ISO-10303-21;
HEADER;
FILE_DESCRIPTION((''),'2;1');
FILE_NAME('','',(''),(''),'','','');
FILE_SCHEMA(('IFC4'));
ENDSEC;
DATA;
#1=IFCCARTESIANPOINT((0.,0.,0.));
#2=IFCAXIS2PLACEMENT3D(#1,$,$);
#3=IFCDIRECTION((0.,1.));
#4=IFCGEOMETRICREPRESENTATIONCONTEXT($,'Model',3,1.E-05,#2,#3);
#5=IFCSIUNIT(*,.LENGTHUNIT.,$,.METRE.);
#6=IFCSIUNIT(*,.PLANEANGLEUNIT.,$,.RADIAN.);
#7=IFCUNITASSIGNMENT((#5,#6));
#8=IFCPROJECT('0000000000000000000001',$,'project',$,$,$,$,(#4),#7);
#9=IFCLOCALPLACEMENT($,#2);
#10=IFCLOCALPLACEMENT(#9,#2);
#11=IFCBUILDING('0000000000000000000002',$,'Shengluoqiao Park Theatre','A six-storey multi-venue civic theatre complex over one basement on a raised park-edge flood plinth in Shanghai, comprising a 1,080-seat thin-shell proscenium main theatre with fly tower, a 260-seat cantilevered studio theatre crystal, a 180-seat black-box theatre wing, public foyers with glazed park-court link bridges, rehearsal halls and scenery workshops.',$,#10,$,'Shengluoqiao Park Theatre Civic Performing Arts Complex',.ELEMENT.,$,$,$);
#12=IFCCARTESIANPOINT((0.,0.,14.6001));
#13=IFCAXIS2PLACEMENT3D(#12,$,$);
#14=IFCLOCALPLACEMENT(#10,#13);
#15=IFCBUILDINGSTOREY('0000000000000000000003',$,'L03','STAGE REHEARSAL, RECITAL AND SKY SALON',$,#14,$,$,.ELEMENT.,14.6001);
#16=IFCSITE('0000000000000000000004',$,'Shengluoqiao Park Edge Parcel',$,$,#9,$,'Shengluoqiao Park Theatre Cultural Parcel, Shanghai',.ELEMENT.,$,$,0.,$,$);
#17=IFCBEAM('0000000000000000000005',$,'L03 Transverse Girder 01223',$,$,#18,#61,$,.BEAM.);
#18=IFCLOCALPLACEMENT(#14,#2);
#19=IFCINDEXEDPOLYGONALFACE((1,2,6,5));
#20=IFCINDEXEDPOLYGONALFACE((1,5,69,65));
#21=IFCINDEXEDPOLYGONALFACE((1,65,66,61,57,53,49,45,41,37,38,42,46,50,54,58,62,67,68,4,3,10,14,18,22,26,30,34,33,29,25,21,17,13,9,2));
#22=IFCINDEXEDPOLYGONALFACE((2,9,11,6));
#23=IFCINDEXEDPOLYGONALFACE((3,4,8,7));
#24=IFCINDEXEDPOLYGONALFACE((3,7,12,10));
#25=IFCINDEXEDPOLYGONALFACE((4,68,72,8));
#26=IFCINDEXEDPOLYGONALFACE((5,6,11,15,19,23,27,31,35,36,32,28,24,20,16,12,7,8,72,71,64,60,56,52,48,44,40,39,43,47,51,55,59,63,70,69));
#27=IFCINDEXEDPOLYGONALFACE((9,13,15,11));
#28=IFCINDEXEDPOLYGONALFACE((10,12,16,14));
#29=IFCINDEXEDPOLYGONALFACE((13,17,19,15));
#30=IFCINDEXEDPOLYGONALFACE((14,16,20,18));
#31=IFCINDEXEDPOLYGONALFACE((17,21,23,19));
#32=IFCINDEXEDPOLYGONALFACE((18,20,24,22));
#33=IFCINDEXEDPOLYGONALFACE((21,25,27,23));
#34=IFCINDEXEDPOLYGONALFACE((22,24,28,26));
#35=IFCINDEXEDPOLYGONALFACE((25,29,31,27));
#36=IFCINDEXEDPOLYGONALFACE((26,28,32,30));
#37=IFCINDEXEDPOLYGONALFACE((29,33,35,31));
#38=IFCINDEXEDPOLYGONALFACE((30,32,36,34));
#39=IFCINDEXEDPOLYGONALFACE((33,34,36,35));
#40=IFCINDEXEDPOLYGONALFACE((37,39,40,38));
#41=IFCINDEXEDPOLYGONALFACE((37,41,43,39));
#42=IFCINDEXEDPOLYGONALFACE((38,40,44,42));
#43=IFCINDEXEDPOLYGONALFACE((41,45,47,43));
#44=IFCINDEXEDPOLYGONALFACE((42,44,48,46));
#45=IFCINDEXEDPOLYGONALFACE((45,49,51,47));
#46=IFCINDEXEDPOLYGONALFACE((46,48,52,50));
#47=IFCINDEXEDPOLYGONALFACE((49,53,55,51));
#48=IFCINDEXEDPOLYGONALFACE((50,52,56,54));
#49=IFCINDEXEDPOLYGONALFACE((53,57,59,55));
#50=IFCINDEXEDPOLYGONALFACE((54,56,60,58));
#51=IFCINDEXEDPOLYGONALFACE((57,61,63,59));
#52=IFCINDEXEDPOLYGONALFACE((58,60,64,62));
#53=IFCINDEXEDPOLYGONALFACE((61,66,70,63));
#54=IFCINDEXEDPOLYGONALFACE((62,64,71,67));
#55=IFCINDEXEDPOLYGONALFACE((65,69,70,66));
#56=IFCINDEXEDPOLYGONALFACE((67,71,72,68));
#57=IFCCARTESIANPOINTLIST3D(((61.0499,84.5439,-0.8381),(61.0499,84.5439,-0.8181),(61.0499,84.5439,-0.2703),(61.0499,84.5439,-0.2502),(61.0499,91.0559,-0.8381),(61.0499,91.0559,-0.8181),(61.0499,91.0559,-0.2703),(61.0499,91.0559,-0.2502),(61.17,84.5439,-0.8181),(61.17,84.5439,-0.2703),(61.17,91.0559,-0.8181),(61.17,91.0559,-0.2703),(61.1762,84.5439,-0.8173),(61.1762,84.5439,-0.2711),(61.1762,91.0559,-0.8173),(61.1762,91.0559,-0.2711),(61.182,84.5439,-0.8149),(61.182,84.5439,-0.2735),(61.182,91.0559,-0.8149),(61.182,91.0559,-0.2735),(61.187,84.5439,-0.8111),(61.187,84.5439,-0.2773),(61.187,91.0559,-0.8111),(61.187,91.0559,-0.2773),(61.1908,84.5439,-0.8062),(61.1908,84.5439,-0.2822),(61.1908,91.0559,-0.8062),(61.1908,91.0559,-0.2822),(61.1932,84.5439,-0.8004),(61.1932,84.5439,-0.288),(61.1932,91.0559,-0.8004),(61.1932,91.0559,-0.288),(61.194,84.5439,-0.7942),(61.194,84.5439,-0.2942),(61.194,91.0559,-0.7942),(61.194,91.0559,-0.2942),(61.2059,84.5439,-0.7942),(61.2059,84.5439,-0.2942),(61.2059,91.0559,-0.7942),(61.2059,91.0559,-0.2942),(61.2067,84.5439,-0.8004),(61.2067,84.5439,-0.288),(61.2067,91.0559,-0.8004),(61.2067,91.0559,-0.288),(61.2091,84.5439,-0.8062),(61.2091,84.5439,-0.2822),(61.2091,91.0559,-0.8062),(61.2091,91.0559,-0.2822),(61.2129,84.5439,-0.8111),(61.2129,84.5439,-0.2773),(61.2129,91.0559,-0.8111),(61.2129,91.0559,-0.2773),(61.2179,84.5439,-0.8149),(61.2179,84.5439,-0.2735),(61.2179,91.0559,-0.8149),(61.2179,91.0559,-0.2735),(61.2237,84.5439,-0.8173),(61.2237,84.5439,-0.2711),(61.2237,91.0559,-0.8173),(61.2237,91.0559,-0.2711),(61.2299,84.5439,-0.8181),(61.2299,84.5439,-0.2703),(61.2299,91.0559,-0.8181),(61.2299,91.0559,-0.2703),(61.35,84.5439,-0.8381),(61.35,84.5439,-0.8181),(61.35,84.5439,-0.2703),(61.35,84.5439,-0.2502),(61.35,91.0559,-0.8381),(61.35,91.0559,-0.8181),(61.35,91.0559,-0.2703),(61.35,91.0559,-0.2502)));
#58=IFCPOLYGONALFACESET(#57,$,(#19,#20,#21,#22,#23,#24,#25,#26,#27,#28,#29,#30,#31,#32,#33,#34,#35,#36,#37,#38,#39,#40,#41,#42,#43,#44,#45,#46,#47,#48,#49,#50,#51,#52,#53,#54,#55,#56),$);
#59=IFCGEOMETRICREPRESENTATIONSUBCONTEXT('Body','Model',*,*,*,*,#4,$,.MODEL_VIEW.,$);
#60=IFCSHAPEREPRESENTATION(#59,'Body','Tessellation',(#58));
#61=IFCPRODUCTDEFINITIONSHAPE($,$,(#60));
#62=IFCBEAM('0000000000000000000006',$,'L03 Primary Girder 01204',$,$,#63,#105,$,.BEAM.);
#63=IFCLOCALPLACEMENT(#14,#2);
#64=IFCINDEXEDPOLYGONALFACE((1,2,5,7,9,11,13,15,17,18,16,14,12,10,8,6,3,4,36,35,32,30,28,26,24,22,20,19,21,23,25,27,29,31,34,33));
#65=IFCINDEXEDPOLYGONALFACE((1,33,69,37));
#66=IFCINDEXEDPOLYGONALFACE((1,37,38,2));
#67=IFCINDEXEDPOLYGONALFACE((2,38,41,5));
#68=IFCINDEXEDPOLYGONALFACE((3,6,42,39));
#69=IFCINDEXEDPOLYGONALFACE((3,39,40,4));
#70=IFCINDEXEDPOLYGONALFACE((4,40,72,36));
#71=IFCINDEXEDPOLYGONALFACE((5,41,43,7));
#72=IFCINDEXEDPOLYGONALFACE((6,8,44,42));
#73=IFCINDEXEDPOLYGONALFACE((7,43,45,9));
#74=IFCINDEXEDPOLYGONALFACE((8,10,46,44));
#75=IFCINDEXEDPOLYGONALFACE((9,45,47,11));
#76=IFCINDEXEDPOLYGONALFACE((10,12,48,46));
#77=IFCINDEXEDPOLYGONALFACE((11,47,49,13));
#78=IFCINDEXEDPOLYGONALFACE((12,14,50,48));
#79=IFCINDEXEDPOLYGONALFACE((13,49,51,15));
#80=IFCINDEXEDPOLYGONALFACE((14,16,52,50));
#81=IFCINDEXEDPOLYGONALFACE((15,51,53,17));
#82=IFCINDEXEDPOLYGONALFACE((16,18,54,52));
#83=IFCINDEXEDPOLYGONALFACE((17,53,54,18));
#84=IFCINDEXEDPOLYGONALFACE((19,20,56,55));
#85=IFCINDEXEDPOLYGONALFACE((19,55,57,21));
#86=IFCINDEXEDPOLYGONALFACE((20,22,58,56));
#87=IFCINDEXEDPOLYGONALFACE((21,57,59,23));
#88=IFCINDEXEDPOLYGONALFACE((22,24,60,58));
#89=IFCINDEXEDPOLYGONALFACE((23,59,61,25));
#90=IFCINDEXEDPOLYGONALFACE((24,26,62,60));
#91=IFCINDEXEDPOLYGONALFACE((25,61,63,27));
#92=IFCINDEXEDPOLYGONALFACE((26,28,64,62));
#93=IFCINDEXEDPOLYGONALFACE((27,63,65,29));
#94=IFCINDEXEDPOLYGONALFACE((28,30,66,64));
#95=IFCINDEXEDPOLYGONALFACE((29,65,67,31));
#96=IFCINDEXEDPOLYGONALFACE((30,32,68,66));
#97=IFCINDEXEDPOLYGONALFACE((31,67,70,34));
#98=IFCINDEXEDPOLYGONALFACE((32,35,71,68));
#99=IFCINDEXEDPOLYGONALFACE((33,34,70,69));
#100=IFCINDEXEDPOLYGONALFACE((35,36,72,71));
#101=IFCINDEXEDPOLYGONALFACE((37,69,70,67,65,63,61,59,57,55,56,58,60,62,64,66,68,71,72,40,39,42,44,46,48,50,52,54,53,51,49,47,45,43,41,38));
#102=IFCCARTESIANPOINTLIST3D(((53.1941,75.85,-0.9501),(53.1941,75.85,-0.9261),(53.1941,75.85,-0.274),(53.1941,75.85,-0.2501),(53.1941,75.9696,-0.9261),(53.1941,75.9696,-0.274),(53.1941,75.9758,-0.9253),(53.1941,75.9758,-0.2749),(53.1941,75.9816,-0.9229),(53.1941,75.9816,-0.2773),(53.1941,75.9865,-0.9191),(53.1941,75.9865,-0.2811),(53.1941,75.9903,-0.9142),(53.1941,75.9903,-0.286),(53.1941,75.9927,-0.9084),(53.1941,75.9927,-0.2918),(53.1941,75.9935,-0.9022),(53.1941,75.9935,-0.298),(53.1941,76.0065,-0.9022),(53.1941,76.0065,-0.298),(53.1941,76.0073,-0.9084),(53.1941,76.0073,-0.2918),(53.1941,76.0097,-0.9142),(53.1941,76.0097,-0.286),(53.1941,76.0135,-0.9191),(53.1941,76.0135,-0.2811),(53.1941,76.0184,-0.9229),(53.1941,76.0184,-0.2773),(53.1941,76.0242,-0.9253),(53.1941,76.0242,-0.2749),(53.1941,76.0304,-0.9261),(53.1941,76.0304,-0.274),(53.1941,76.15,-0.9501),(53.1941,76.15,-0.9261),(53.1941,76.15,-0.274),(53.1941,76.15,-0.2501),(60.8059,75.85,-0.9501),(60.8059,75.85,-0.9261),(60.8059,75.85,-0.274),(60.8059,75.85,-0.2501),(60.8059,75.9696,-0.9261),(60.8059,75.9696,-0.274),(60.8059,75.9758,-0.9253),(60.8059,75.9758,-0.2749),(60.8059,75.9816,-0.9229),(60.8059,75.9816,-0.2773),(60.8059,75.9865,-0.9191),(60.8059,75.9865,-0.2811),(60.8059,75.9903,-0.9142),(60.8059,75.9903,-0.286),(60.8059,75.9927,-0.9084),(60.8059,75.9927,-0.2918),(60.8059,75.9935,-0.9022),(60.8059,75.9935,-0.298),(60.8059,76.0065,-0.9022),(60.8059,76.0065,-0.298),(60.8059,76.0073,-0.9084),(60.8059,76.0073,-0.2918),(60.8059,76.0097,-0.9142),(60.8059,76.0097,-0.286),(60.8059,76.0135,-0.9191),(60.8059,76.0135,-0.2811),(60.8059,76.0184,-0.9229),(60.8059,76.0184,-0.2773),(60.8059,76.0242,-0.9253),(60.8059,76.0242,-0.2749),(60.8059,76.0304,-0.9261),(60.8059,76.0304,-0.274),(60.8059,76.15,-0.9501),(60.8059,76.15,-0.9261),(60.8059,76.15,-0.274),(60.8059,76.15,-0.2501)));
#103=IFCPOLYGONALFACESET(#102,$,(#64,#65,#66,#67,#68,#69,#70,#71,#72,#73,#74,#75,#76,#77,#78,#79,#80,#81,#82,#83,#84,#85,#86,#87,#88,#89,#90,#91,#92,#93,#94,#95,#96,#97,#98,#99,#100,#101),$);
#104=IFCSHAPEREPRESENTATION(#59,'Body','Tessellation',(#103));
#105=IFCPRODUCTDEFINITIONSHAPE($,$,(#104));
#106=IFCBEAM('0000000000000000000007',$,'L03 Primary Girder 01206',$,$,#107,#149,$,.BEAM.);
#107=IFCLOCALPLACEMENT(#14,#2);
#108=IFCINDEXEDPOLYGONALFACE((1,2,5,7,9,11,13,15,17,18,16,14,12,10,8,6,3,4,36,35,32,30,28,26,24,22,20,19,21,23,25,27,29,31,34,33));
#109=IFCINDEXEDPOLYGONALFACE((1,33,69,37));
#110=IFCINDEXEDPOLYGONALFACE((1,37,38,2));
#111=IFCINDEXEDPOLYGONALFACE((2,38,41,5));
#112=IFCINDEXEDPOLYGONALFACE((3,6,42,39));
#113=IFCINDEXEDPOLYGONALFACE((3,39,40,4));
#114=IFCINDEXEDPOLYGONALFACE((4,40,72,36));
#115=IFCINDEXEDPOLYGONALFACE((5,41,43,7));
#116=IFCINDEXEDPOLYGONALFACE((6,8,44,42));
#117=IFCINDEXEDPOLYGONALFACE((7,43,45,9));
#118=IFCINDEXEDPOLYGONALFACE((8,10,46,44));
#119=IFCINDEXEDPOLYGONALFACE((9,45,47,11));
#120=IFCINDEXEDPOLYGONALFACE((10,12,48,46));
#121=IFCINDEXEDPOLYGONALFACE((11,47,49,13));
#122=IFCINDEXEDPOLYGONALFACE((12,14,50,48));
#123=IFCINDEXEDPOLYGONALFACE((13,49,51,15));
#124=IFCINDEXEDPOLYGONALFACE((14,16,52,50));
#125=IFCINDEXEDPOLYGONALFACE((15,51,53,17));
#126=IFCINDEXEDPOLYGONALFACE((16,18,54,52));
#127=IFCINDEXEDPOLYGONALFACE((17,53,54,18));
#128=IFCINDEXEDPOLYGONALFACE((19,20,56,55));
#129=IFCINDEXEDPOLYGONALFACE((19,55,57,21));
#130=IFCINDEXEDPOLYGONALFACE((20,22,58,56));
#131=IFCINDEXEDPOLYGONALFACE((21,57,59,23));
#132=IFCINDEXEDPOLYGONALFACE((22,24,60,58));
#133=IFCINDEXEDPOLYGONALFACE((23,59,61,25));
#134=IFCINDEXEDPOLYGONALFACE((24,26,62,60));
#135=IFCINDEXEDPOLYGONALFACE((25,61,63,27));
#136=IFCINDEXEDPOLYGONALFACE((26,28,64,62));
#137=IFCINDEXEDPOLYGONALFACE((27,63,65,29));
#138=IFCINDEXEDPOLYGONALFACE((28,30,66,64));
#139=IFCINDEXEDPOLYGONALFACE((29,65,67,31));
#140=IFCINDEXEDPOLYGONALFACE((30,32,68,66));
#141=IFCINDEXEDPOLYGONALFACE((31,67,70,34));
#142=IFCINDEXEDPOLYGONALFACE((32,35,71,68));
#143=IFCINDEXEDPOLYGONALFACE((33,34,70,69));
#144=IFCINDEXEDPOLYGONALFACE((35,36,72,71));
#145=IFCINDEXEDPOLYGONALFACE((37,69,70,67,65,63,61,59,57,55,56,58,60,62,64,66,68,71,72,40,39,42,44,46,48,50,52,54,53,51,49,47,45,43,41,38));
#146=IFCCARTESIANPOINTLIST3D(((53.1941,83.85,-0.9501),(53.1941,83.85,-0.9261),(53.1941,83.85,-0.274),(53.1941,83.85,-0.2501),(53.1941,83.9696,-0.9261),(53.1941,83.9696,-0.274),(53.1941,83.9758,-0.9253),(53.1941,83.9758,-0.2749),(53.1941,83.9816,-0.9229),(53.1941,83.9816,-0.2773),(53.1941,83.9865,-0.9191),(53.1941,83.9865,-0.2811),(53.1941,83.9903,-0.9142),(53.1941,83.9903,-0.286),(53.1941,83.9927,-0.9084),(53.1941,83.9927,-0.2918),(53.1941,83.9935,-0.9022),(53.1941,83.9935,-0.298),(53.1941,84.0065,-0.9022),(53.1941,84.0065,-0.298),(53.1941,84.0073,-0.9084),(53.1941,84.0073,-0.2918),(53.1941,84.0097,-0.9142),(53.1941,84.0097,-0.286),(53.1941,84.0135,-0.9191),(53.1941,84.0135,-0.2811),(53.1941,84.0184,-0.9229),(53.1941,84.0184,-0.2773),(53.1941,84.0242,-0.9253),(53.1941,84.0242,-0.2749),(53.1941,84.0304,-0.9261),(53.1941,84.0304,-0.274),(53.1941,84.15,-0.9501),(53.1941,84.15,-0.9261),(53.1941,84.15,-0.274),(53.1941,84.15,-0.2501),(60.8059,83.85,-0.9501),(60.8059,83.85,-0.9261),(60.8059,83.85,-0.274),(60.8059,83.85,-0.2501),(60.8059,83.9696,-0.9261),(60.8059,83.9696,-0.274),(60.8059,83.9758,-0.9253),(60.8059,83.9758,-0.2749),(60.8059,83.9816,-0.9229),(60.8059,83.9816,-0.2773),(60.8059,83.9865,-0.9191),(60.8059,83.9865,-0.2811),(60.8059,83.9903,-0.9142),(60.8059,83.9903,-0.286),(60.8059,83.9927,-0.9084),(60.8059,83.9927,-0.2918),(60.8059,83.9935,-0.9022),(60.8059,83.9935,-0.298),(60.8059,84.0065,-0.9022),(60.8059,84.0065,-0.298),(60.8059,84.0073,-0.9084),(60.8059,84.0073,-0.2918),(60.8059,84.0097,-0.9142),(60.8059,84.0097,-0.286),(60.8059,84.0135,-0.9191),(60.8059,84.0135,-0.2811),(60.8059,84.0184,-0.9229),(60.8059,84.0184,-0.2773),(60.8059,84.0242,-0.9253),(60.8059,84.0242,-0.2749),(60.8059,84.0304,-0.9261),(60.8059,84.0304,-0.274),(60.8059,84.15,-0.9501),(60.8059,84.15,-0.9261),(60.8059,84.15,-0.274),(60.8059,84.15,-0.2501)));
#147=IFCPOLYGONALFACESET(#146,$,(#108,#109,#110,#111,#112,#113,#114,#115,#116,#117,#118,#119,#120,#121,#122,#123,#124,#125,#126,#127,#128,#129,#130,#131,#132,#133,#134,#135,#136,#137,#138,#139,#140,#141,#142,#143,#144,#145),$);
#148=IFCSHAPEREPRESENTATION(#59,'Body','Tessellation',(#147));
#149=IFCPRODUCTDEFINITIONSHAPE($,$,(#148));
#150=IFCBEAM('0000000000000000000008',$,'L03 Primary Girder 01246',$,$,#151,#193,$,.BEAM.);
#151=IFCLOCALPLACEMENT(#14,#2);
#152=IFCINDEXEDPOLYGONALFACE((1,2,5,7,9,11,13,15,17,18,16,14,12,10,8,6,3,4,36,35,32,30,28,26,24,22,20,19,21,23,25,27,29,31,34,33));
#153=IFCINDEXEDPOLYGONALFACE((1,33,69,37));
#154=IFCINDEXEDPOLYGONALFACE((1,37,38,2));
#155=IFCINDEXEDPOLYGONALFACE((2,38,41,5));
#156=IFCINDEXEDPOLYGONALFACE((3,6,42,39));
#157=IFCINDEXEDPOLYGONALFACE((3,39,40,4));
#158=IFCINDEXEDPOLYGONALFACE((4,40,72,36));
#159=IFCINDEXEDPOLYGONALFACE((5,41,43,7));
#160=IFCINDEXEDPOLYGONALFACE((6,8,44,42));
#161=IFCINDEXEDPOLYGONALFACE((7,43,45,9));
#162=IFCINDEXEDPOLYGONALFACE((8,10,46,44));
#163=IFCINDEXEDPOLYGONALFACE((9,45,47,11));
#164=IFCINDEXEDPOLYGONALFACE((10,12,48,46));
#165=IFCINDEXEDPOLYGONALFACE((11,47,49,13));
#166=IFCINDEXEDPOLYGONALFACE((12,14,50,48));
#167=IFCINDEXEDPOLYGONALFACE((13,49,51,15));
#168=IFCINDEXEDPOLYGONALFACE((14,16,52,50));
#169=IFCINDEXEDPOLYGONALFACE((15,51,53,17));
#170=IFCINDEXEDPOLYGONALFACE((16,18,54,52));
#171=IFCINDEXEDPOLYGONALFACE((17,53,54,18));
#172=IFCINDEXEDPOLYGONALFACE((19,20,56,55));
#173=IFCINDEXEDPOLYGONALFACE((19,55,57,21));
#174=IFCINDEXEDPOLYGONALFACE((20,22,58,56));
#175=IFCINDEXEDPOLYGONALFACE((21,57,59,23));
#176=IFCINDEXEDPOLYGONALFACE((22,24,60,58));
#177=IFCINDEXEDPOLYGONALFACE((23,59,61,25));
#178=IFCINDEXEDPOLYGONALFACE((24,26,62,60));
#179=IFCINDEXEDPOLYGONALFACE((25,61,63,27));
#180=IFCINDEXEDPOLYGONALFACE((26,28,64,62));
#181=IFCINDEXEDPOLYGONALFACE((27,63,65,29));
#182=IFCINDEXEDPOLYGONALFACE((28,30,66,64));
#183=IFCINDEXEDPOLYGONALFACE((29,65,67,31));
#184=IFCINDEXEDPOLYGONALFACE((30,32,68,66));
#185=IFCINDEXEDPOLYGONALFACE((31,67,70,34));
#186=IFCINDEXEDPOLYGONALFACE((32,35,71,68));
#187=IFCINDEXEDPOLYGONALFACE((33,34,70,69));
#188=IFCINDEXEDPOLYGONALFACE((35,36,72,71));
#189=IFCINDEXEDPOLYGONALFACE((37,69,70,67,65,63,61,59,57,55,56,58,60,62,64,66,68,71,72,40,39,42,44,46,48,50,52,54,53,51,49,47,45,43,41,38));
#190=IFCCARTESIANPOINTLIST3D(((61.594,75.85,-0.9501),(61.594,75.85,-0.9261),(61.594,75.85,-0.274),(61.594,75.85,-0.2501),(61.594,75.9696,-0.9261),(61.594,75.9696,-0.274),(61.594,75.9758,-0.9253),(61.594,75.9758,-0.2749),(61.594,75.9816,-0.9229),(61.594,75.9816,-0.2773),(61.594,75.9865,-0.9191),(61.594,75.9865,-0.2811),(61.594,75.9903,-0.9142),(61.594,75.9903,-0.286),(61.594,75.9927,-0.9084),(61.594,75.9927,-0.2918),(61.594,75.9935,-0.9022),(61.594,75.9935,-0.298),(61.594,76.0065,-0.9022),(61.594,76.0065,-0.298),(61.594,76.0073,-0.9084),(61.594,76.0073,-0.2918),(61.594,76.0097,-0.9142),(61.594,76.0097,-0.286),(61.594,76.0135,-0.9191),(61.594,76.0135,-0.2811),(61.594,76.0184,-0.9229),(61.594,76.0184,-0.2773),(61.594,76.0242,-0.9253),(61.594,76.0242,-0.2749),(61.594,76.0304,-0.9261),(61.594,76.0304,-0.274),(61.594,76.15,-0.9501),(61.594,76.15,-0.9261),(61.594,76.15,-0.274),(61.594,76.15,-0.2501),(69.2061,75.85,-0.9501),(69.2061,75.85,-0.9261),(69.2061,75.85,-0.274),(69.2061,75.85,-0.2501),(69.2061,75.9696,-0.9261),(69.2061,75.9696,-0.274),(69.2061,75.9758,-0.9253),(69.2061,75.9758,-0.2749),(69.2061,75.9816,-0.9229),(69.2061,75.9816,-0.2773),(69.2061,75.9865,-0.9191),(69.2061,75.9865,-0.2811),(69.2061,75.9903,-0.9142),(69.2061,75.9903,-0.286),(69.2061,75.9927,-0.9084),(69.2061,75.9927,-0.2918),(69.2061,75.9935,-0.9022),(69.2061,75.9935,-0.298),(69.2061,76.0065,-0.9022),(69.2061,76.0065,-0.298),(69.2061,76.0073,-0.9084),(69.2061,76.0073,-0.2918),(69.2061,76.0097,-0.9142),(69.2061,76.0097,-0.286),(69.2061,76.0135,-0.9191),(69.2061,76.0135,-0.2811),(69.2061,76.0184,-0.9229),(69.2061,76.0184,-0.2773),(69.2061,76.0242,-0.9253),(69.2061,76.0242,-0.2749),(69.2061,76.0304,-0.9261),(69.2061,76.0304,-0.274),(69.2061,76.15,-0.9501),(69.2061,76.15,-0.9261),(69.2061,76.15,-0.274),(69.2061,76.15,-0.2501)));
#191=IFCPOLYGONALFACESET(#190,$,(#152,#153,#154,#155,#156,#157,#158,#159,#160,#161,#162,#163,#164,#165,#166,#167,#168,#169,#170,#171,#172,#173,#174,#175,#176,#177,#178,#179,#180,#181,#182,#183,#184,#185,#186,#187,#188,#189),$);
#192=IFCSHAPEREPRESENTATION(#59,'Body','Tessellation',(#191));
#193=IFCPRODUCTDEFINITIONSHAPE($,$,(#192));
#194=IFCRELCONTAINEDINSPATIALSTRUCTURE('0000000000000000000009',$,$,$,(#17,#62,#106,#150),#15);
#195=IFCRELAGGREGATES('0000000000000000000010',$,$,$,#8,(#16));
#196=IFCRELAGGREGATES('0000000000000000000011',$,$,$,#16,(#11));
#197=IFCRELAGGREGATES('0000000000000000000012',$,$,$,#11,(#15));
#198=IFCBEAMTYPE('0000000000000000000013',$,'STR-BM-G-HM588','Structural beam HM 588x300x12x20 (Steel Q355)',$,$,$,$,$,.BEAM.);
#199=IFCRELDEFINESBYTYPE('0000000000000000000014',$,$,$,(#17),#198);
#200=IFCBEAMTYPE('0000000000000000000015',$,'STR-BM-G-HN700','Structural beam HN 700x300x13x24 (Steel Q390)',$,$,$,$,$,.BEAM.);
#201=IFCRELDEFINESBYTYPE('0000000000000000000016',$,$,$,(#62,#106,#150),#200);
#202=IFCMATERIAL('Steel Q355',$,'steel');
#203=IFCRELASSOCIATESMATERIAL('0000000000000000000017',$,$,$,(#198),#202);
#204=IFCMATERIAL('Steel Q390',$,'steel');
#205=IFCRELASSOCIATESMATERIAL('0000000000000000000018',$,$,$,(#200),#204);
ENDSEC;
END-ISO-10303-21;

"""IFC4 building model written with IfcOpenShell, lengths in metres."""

from ifc_helpers import new_model, si_unit, direction, frame, origin, origin_2d, place, context, subcontext, project, spatial, i_section, extrude, material, material_profile, profile_set, type_object, element, save


model = new_model("IFC4")

# Units and contexts
model_context = context("Model", 3, precision=1e-05, world=origin(), true_north=direction((0.0, 1.0)))
body_context = subcontext(model_context, "Body", "Model", "MODEL_VIEW")
ifc_project = project(units=[si_unit("LENGTHUNIT", "METRE"), si_unit("PLANEANGLEUNIT", "RADIAN")], contexts=[model_context])

# Site, building, storey
site_placement = place(None, origin())
site = spatial("IfcSite", under=ifc_project, at=site_placement, Name="Shengluoqiao Park Edge Parcel", LongName="Shengluoqiao Park Theatre Cultural Parcel, Shanghai", CompositionType="ELEMENT", RefElevation=0.0)
building_placement = place(site_placement, origin())
building = spatial("IfcBuilding", under=site, at=building_placement, Name="Shengluoqiao Park Theatre", Description="A six-storey multi-venue civic theatre complex over one basement on a raised park-edge flood plinth in Shanghai, comprising a 1,080-seat thin-shell proscenium main theatre with fly tower, a 260-seat cantilevered studio theatre crystal, a 180-seat black-box theatre wing, public foyers with glazed park-court link bridges, rehearsal halls and scenery workshops.", LongName="Shengluoqiao Park Theatre Civic Performing Arts Complex", CompositionType="ELEMENT")
storey_placement = place(building_placement, frame((0.0, 0.0, 14.6001)))
storey = spatial("IfcBuildingStorey", under=building, at=storey_placement, Name="L03", Description="STAGE REHEARSAL, RECITAL AND SKY SALON", CompositionType="ELEMENT", Elevation=14.6001)

# Beams
ifc_material_1 = material(Name="Steel Q355", Category="steel")
ifc_material_profile_1 = material_profile(ifc_material_1, i_section(OverallWidth=0.3, OverallDepth=0.5879, WebThickness=0.012, FlangeThickness=0.02, FilletRadius=0.0239, at=origin_2d()), Name="HM 588x300x12x20")
ifc_profile_set_1 = profile_set([ifc_material_profile_1], Name="Steel Q355")
beam_type_1 = type_object("IfcBeamType", Name="STR-BM-G-HM588", Description="Structural beam HM 588x300x12x20 (Steel Q355)", PredefinedType="BEAM", material=ifc_profile_set_1)
beam_1_placement = place(storey_placement, frame((61.2, 84.5439, -0.5442), z_axis=(0.0, 1.0, 0.0), x_axis=(-1.0, 0.0, 0.0)))
element("IfcBeam", 1, at=beam_1_placement, inside=storey, type_object=beam_type_1, Name="L03 Transverse Girder 01223", PredefinedType="BEAM", context=body_context, shape_type="SweptSolid", body=[
    extrude(i_section(OverallWidth=0.3, OverallDepth=0.5879, WebThickness=0.012, FlangeThickness=0.02, FilletRadius=0.0239, at=origin_2d()), origin(), (0.0, 0.0, 1.0), 6.512),
])
ifc_material_2 = material(Name="Steel Q390", Category="steel")
ifc_material_profile_2 = material_profile(ifc_material_2, i_section(OverallWidth=0.3, OverallDepth=0.7, WebThickness=0.0129, FlangeThickness=0.0239, FilletRadius=0.0239, at=origin_2d()), Name="HN 700x300x13x24")
ifc_profile_set_2 = profile_set([ifc_material_profile_2], Name="Steel Q390")
beam_type_2 = type_object("IfcBeamType", Name="STR-BM-G-HN700", Description="Structural beam HN 700x300x13x24 (Steel Q390)", PredefinedType="BEAM", material=ifc_profile_set_2)
for number, where, z_axis, x_axis, name in (
    (2, (53.1941, 76.0, -0.6001), (1.0, 0.0, 0.0), (0.0, 1.0, 0.0), "L03 Primary Girder 01204"),
    (3, (53.1941, 84.0, -0.6001), (1.0, 0.0, 0.0), (0.0, 1.0, 0.0), "L03 Primary Girder 01206"),
):
    element("IfcBeam", number, at=place(storey_placement, frame(where, z_axis=z_axis, x_axis=x_axis)), inside=storey, type_object=beam_type_2, Name=name, PredefinedType="BEAM", context=body_context, shape_type="SweptSolid", body=[
        extrude(i_section(OverallWidth=0.3, OverallDepth=0.7, WebThickness=0.0129, FlangeThickness=0.0239, FilletRadius=0.0239, at=origin_2d()), origin(), (0.0, 0.0, 1.0), 7.6118),
    ])
beam_2_placement = place(storey_placement, frame((61.594, 76.0, -0.6001), z_axis=(1.0, 0.0, 0.0), x_axis=(0.0, 1.0, 0.0)))
element("IfcBeam", 4, at=beam_2_placement, inside=storey, type_object=beam_type_2, Name="L03 Primary Girder 01246", PredefinedType="BEAM", context=body_context, shape_type="SweptSolid", body=[
    extrude(i_section(OverallWidth=0.3, OverallDepth=0.7, WebThickness=0.0129, FlangeThickness=0.0239, FilletRadius=0.0239, at=origin_2d()), origin(), (0.0, 0.0, 1.0), 7.6121),
])

save(model, "model.ifc")
